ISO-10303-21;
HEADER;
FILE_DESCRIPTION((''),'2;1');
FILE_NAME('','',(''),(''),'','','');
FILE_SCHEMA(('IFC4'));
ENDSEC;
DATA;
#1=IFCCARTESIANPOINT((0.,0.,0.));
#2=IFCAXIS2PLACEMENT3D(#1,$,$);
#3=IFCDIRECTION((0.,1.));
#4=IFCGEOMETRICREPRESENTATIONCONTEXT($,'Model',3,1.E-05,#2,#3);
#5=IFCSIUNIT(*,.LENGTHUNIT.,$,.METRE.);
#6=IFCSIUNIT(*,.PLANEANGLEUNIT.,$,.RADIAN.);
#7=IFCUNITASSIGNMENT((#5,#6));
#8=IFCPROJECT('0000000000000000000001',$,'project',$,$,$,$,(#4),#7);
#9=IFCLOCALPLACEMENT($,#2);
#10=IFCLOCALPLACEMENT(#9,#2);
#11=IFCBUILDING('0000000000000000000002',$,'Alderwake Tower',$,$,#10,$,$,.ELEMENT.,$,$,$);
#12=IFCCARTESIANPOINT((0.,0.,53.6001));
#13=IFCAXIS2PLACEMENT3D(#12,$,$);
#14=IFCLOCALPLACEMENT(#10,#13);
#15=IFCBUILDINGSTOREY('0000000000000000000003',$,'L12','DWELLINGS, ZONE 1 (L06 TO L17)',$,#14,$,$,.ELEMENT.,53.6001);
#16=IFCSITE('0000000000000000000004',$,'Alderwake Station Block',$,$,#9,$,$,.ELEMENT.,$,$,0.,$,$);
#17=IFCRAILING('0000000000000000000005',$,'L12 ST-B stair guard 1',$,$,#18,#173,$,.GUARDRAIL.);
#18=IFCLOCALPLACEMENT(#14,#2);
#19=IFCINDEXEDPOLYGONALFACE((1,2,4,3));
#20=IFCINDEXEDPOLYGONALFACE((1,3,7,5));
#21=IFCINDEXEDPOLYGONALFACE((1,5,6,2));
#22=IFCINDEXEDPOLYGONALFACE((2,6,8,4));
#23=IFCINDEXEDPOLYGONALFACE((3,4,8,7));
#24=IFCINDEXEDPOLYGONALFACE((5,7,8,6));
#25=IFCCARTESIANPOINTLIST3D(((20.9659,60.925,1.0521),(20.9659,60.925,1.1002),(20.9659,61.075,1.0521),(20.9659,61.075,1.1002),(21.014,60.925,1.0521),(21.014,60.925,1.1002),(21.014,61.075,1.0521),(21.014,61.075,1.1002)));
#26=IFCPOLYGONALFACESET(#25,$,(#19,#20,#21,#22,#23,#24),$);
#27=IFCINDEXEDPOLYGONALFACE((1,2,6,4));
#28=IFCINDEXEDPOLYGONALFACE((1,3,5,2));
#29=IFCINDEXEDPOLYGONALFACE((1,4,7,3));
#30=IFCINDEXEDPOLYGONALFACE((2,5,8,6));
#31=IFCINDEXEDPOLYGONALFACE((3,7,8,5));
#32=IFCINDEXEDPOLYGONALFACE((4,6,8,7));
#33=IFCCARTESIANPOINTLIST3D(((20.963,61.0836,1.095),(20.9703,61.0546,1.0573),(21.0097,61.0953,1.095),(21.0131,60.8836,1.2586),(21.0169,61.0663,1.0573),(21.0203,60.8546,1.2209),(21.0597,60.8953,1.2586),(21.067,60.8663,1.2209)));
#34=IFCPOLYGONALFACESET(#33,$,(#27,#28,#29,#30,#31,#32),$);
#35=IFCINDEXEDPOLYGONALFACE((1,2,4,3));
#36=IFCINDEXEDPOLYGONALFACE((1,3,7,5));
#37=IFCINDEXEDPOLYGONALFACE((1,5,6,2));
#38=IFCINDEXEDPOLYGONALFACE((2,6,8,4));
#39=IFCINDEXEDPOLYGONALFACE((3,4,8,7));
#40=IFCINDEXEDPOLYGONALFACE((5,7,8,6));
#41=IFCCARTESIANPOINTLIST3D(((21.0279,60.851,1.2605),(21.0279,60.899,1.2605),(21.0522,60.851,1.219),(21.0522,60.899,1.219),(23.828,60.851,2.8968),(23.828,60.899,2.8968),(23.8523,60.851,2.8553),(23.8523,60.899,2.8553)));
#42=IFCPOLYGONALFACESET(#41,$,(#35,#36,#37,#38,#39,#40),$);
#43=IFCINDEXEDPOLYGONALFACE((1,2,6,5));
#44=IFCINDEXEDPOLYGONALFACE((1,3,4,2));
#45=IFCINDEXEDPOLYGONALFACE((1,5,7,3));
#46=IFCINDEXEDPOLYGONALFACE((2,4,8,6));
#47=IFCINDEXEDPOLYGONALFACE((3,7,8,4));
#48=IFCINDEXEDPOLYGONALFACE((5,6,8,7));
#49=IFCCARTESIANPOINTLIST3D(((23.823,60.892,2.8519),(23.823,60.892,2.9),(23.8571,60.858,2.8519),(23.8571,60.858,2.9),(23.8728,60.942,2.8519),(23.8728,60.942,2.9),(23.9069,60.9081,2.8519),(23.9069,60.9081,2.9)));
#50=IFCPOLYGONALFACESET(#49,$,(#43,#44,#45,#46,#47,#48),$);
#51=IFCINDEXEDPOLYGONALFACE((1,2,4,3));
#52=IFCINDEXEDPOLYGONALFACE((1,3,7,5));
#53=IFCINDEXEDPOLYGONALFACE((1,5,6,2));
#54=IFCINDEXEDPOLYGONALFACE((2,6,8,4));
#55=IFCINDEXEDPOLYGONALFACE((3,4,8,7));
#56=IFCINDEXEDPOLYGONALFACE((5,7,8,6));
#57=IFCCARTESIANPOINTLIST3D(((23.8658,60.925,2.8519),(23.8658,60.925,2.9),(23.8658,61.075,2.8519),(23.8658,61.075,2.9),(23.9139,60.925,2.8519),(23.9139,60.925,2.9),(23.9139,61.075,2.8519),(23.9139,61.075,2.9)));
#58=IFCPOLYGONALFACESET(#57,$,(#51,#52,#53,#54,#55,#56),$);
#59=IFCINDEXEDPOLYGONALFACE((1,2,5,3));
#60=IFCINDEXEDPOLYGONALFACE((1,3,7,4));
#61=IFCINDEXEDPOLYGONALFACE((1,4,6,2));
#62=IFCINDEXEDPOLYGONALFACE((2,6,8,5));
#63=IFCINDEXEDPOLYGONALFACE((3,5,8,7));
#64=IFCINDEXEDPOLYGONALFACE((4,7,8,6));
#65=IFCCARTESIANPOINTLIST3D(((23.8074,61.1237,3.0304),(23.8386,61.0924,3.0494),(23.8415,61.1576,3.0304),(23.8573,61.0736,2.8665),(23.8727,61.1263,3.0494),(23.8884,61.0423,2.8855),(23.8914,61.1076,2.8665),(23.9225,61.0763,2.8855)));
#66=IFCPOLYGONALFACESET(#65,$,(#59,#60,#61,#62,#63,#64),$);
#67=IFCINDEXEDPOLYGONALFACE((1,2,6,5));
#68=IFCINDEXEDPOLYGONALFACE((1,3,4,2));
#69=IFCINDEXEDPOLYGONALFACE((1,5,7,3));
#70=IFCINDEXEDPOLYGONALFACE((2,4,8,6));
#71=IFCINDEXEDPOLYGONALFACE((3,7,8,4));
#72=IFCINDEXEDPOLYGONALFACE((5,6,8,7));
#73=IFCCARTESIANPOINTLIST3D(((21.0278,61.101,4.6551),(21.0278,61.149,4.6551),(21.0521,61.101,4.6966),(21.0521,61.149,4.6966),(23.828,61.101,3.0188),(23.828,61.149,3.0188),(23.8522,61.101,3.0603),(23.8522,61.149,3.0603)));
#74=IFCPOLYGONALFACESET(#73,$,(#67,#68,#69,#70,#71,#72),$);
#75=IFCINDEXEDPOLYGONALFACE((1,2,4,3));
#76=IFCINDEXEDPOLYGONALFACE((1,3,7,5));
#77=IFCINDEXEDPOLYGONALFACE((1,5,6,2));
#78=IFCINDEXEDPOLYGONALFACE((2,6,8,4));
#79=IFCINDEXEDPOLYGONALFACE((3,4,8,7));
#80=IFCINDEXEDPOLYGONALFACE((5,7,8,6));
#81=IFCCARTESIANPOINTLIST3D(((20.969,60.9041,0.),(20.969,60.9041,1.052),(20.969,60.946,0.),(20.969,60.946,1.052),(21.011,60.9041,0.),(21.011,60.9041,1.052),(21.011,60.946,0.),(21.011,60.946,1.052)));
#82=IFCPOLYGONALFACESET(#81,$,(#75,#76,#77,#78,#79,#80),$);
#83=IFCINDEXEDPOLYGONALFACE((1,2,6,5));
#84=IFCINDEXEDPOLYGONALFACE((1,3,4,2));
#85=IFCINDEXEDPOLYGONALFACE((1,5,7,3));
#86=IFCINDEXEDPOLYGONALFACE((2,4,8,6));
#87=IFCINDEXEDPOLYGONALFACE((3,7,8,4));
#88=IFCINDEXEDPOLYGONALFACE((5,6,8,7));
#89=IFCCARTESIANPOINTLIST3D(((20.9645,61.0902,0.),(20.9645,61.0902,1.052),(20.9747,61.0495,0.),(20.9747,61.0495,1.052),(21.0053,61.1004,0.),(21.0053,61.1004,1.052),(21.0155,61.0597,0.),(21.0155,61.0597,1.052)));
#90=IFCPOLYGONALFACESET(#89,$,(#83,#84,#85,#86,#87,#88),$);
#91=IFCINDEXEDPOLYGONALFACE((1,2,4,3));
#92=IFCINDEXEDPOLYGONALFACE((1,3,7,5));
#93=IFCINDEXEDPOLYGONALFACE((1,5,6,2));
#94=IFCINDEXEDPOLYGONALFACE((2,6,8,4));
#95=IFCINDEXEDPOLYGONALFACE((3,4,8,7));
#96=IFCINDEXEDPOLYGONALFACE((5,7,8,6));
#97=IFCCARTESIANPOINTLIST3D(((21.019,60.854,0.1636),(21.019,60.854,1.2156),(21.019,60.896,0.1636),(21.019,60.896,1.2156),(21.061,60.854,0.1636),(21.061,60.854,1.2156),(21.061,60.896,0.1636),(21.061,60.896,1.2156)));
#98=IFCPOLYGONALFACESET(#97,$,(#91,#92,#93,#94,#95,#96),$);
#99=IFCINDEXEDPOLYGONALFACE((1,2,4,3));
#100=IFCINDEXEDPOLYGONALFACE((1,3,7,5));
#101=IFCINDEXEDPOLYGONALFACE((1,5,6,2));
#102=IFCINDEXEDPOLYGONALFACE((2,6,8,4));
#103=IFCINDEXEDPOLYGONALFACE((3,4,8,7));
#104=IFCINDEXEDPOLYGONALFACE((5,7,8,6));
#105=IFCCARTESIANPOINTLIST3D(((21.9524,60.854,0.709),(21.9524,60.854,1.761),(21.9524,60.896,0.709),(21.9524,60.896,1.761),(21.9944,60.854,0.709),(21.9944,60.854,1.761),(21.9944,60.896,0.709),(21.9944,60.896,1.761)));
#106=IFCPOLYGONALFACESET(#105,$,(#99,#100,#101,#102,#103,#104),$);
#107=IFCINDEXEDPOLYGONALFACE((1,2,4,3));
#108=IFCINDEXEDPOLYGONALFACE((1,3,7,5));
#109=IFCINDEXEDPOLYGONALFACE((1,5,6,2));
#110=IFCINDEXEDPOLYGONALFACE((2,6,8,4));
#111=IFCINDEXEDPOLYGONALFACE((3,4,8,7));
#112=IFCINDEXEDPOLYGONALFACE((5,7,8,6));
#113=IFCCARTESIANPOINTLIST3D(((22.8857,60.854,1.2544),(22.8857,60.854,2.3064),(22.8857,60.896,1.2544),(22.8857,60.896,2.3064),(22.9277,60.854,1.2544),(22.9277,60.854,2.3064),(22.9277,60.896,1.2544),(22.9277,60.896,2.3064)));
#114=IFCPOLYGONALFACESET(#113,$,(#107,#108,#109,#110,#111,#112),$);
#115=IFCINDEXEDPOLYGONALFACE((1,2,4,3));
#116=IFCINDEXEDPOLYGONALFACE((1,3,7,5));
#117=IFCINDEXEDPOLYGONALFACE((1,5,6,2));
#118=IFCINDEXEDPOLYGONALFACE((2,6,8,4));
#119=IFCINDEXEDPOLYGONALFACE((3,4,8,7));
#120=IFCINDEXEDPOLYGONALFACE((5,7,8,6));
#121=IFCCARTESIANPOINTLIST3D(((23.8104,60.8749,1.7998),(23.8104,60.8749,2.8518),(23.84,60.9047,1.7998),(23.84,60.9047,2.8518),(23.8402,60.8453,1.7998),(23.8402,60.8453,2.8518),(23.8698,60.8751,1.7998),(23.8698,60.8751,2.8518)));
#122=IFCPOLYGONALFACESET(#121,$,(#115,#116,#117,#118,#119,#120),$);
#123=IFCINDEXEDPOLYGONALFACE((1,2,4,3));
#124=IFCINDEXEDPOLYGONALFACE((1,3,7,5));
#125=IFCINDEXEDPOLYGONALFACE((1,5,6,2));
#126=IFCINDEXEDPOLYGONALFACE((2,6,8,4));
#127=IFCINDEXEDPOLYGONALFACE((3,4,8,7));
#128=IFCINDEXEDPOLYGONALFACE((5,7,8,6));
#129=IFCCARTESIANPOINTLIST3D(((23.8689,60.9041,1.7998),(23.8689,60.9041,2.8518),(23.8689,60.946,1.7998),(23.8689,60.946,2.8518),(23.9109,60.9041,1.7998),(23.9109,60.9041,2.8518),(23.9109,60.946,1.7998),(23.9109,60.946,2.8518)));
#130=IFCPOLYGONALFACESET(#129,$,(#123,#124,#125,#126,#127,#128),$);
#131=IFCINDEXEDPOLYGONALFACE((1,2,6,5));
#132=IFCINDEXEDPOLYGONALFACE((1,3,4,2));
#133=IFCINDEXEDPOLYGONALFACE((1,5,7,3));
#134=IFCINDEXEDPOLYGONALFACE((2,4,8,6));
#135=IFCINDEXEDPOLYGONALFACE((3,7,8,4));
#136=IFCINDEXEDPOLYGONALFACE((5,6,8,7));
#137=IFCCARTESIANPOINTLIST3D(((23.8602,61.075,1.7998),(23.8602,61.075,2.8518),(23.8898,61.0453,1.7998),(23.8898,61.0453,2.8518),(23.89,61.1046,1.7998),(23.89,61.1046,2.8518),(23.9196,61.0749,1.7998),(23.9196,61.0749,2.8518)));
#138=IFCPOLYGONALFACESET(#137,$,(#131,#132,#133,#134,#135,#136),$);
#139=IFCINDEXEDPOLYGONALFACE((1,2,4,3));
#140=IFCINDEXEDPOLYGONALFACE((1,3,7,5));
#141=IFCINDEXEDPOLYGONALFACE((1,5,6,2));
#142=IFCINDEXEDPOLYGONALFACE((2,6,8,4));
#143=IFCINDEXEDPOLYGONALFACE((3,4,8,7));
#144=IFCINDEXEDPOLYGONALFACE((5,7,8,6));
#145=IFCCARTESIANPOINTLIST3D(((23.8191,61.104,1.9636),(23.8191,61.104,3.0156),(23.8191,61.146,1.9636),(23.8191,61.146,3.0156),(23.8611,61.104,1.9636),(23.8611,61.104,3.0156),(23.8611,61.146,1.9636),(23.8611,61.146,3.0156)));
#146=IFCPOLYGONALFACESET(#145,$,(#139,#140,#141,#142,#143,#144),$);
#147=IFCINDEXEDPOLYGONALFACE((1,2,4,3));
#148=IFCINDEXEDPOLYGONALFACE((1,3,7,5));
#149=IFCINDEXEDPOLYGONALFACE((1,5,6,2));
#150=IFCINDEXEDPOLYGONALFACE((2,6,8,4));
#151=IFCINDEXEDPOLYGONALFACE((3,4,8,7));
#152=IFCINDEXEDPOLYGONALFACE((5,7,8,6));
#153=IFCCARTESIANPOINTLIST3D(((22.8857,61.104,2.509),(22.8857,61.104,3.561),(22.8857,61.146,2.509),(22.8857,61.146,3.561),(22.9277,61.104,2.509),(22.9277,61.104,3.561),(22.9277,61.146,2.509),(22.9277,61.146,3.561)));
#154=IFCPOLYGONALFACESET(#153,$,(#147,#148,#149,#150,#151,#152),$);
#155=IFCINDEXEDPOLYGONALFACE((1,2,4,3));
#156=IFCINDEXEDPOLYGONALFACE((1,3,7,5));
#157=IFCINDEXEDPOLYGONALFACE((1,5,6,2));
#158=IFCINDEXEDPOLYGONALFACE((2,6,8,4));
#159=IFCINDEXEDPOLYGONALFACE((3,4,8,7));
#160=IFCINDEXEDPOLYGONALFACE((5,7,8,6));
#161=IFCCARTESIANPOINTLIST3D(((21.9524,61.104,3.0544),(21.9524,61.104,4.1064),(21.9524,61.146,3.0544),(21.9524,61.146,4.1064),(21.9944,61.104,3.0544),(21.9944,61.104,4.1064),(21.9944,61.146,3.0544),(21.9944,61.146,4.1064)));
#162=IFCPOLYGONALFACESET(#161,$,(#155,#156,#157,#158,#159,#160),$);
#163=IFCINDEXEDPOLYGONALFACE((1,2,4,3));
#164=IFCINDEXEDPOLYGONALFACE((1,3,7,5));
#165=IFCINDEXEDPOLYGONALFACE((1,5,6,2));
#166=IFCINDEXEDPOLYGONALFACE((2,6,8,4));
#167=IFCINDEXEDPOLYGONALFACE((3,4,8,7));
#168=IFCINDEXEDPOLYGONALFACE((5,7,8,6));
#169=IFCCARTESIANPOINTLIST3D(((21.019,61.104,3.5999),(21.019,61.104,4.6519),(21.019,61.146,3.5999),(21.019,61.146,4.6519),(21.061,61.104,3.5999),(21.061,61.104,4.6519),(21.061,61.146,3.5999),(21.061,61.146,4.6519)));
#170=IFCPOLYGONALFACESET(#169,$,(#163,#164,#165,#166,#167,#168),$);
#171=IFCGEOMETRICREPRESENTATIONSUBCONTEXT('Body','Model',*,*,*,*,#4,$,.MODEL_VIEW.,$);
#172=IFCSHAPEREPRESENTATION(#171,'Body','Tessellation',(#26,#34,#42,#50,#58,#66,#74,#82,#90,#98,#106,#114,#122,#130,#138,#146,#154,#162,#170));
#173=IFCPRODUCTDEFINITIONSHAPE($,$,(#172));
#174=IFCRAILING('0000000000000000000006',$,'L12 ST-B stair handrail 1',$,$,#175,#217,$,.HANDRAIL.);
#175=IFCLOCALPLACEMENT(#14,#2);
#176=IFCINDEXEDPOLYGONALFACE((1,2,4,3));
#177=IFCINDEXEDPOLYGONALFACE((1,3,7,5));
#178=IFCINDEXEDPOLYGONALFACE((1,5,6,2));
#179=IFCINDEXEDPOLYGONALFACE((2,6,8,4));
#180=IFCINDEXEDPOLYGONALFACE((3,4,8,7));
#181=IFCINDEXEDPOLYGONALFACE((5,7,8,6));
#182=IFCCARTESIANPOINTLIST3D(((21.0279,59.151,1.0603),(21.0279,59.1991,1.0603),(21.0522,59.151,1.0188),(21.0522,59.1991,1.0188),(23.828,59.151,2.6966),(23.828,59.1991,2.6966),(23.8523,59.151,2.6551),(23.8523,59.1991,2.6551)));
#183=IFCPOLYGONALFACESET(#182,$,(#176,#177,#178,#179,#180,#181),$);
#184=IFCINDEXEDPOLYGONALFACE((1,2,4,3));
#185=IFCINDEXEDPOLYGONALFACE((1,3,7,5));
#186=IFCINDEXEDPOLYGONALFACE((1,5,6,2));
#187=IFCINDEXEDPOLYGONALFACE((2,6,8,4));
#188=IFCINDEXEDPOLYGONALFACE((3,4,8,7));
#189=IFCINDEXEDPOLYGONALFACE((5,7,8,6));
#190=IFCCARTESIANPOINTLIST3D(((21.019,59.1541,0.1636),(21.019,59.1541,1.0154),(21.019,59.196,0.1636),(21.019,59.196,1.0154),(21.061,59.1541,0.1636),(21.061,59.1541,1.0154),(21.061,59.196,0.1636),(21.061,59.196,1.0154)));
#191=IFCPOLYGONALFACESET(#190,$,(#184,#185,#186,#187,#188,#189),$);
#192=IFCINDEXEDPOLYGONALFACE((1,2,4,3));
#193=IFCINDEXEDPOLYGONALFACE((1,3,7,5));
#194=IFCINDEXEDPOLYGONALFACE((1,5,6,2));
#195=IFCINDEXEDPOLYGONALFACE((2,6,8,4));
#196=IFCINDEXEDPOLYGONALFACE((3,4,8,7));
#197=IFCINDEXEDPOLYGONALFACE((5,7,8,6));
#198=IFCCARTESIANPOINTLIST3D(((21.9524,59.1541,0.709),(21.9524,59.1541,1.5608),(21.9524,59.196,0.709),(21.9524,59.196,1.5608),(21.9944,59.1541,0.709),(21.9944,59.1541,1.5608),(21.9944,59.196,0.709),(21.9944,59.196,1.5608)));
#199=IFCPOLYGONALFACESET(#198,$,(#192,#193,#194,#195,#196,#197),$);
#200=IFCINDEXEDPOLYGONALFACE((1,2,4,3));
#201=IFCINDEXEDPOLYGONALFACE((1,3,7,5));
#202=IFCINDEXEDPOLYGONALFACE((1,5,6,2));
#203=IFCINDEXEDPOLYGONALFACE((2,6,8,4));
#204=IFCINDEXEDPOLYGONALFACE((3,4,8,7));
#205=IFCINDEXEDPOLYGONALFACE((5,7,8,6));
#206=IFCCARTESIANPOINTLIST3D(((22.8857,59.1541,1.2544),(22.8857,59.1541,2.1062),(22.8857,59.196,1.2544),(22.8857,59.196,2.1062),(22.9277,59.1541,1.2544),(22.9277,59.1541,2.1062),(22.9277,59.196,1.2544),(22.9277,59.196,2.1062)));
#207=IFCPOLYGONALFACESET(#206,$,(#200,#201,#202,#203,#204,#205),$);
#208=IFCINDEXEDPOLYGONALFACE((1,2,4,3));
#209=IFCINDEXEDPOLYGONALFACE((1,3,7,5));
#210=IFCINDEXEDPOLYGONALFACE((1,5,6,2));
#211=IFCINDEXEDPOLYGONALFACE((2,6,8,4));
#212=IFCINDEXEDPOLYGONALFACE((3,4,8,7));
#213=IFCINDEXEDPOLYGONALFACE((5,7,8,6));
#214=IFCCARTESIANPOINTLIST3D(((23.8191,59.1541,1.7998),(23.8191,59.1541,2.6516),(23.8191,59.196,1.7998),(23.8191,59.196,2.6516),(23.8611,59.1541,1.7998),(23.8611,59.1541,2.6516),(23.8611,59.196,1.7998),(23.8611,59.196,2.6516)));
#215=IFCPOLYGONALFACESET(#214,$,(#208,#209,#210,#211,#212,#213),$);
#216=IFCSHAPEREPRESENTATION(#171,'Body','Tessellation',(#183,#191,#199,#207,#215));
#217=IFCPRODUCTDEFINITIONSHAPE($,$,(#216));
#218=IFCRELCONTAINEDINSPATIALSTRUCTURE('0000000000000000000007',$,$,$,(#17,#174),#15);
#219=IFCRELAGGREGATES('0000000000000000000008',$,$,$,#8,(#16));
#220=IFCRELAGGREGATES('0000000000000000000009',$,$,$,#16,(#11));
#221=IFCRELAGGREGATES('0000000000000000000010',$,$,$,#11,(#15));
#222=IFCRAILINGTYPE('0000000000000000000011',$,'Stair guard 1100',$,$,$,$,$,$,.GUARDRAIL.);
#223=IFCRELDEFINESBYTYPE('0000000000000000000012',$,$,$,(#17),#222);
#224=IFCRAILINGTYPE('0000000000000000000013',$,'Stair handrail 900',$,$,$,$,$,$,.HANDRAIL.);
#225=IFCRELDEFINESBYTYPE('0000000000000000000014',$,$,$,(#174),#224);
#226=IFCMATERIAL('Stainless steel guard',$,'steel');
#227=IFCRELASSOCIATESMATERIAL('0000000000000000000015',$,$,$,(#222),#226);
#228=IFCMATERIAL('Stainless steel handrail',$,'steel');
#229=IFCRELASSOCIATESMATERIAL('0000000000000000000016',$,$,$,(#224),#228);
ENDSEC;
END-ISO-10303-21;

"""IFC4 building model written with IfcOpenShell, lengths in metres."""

from ifc_helpers import new_model, si_unit, direction, frame, origin, origin_with_axes, origin_2d, place, context, subcontext, project, spatial, rectangle, extrude, material, type_object, element, save


model = new_model("IFC4")

# Units and contexts
model_context = context("Model", 3, precision=1e-05, world=origin(), true_north=direction((0.0, 1.0)))
body_context = subcontext(model_context, "Body", "Model", "MODEL_VIEW")
ifc_project = project(units=[si_unit("LENGTHUNIT", "METRE"), si_unit("PLANEANGLEUNIT", "RADIAN")], contexts=[model_context])

# Site, building, storey
site_placement = place(None, origin())
site = spatial("IfcSite", under=ifc_project, at=site_placement, Name="Alderwake Station Block", CompositionType="ELEMENT", RefElevation=0.0)
building_placement = place(site_placement, origin())
building = spatial("IfcBuilding", under=site, at=building_placement, Name="Alderwake Tower", CompositionType="ELEMENT")
storey_placement = place(building_placement, frame((0.0, 0.0, 53.6001)))
storey = spatial("IfcBuildingStorey", under=building, at=storey_placement, Name="L12", Description="DWELLINGS, ZONE 1 (L06 TO L17)", CompositionType="ELEMENT", Elevation=53.6001)

# Railings
ifc_material_1 = material(Name="Stainless steel guard", Category="steel")
railing_type_1 = type_object("IfcRailingType", Name="Stair guard 1100", PredefinedType="GUARDRAIL", material=ifc_material_1)
railing_1_placement = place(storey_placement, frame((20.99, 60.925, 0.0)))
element("IfcRailing", 1, at=railing_1_placement, inside=storey, type_object=railing_type_1, Name="L12 ST-B stair guard 1", PredefinedType="GUARDRAIL", context=body_context, shape_type="SweptSolid", body=[
    extrude(rectangle(XDim=0.0481, YDim=0.0481, at=origin_2d()), frame((0.0, 0.0, 1.0762), z_axis=(0.0, 1.0, 0.0), x_axis=(-1.0, 0.0, 0.0)), (0.0, 0.0, 1.0), 0.1499),
    extrude(rectangle(XDim=0.0481, YDim=0.0481, at=origin_2d()), frame((0.0, 0.1499, 1.0762), z_axis=(0.1902, -0.75987, 0.621628), x_axis=(0.970073, 0.242814, 0.0)), (0.0, 0.0, 1.0), 0.2632),
    extrude(rectangle(XDim=0.0481, YDim=0.0481, at=origin_2d()), frame((0.05, -0.05, 1.2397), z_axis=(0.863394, 0.0, 0.504531), x_axis=(0.0, 1.0, 0.0)), (0.0, 0.0, 1.0), 3.2432),
    extrude(rectangle(XDim=0.0481, YDim=0.0481, at=origin_2d()), frame((2.8501, -0.05, 2.876), z_axis=(0.705376, 0.708834, 0.0), x_axis=(-0.708834, 0.705376, 0.0)), (0.0, 0.0, 1.0), 0.0706),
    extrude(rectangle(XDim=0.0481, YDim=0.0481, at=origin_2d()), frame((2.8999, 0.0, 2.876), z_axis=(0.0, 1.0, 0.0), x_axis=(-1.0, 0.0, 0.0)), (0.0, 0.0, 1.0), 0.1499),
    extrude(rectangle(XDim=0.0481, YDim=0.0481, at=origin_2d()), frame((2.8999, 0.1499, 2.876), z_axis=(-0.279195, 0.280564, 0.918332), x_axis=(-0.708834, -0.705376, 0.0)), (0.0, 0.0, 1.0), 0.1785),
    extrude(rectangle(XDim=0.0481, YDim=0.0481, at=origin_2d()), frame((2.8501, 0.2, 3.0396), z_axis=(-0.863394, 0.0, 0.504531), x_axis=(0.0, -1.0, 0.0)), (0.0, 0.0, 1.0), 3.2432),
    extrude(rectangle(XDim=0.042, YDim=0.042, at=origin_2d()), frame((0.0, 0.0, 0.0), z_axis=(0.0, 0.0, 1.0), x_axis=(0.0, 1.0, 0.0)), (0.0, 0.0, 1.0), 1.052),
    extrude(rectangle(XDim=0.042, YDim=0.042, at=origin_2d()), frame((0.0, 0.1499, 0.0), z_axis=(0.0, 0.0, 1.0), x_axis=(0.242814, -0.970073, 0.0)), (0.0, 0.0, 1.0), 1.052),
    extrude(rectangle(XDim=0.042, YDim=0.042, at=origin_2d()), frame((0.05, -0.05, 0.1636), z_axis=(0.0, 0.0, 1.0), x_axis=(1.0, 0.0, 0.0)), (0.0, 0.0, 1.0), 1.052),
    extrude(rectangle(XDim=0.042, YDim=0.042, at=origin_2d()), frame((0.9834, -0.05, 0.709), z_axis=(0.0, 0.0, 1.0), x_axis=(1.0, 0.0, 0.0)), (0.0, 0.0, 1.0), 1.052),
    extrude(rectangle(XDim=0.042, YDim=0.042, at=origin_2d()), frame((1.9167, -0.05, 1.2544), z_axis=(0.0, 0.0, 1.0), x_axis=(1.0, 0.0, 0.0)), (0.0, 0.0, 1.0), 1.052),
    extrude(rectangle(XDim=0.042, YDim=0.042, at=origin_2d()), frame((2.8501, -0.05, 1.7998), z_axis=(0.0, 0.0, 1.0), x_axis=(0.705376, 0.708834, 0.0)), (0.0, 0.0, 1.0), 1.052),
    extrude(rectangle(XDim=0.042, YDim=0.042, at=origin_2d()), frame((2.8999, 0.0, 1.7998), z_axis=(0.0, 0.0, 1.0), x_axis=(0.0, 1.0, 0.0)), (0.0, 0.0, 1.0), 1.052),
    extrude(rectangle(XDim=0.042, YDim=0.042, at=origin_2d()), frame((2.8999, 0.1499, 1.7998), z_axis=(0.0, 0.0, 1.0), x_axis=(-0.705376, 0.708834, 0.0)), (0.0, 0.0, 1.0), 1.052),
    extrude(rectangle(XDim=0.042, YDim=0.042, at=origin_2d()), frame((2.8501, 0.2, 1.9636), z_axis=(0.0, 0.0, 1.0), x_axis=(-1.0, 0.0, 0.0)), (0.0, 0.0, 1.0), 1.052),
    extrude(rectangle(XDim=0.042, YDim=0.042, at=origin_2d()), frame((1.9167, 0.2, 2.509), z_axis=(0.0, 0.0, 1.0), x_axis=(-1.0, 0.0, 0.0)), (0.0, 0.0, 1.0), 1.052),
    extrude(rectangle(XDim=0.042, YDim=0.042, at=origin_2d()), frame((0.9834, 0.2, 3.0544), z_axis=(0.0, 0.0, 1.0), x_axis=(-1.0, 0.0, 0.0)), (0.0, 0.0, 1.0), 1.052),
    extrude(rectangle(XDim=0.042, YDim=0.042, at=origin_2d()), frame((0.05, 0.2, 3.5999), z_axis=(0.0, 0.0, 1.0), x_axis=(-1.0, 0.0, 0.0)), (0.0, 0.0, 1.0), 1.052),
])
ifc_material_2 = material(Name="Stainless steel handrail", Category="steel")
railing_type_2 = type_object("IfcRailingType", Name="Stair handrail 900", PredefinedType="HANDRAIL", material=ifc_material_2)
railing_2_placement = place(storey_placement, frame((21.04, 59.175, 0.1636)))
element("IfcRailing", 2, at=railing_2_placement, inside=storey, type_object=railing_type_2, Name="L12 ST-B stair handrail 1", PredefinedType="HANDRAIL", context=body_context, shape_type="SweptSolid", body=[
    extrude(rectangle(XDim=0.0481, YDim=0.0481, at=origin_2d()), frame((0.0, 0.0, 0.876), z_axis=(0.863394, 0.0, 0.504531), x_axis=(0.0, 1.0, 0.0)), (0.0, 0.0, 1.0), 3.2432),
    extrude(rectangle(XDim=0.042, YDim=0.042, at=origin_2d()), origin_with_axes(), (0.0, 0.0, 1.0), 0.8518),
    extrude(rectangle(XDim=0.042, YDim=0.042, at=origin_2d()), frame((0.9333, 0.0, 0.5454), z_axis=(0.0, 0.0, 1.0), x_axis=(1.0, 0.0, 0.0)), (0.0, 0.0, 1.0), 0.8518),
    extrude(rectangle(XDim=0.042, YDim=0.042, at=origin_2d()), frame((1.8667, 0.0, 1.0908), z_axis=(0.0, 0.0, 1.0), x_axis=(1.0, 0.0, 0.0)), (0.0, 0.0, 1.0), 0.8518),
    extrude(rectangle(XDim=0.042, YDim=0.042, at=origin_2d()), frame((2.8, 0.0, 1.6362), z_axis=(0.0, 0.0, 1.0), x_axis=(1.0, 0.0, 0.0)), (0.0, 0.0, 1.0), 0.8518),
])

save(model, "model.ifc")
